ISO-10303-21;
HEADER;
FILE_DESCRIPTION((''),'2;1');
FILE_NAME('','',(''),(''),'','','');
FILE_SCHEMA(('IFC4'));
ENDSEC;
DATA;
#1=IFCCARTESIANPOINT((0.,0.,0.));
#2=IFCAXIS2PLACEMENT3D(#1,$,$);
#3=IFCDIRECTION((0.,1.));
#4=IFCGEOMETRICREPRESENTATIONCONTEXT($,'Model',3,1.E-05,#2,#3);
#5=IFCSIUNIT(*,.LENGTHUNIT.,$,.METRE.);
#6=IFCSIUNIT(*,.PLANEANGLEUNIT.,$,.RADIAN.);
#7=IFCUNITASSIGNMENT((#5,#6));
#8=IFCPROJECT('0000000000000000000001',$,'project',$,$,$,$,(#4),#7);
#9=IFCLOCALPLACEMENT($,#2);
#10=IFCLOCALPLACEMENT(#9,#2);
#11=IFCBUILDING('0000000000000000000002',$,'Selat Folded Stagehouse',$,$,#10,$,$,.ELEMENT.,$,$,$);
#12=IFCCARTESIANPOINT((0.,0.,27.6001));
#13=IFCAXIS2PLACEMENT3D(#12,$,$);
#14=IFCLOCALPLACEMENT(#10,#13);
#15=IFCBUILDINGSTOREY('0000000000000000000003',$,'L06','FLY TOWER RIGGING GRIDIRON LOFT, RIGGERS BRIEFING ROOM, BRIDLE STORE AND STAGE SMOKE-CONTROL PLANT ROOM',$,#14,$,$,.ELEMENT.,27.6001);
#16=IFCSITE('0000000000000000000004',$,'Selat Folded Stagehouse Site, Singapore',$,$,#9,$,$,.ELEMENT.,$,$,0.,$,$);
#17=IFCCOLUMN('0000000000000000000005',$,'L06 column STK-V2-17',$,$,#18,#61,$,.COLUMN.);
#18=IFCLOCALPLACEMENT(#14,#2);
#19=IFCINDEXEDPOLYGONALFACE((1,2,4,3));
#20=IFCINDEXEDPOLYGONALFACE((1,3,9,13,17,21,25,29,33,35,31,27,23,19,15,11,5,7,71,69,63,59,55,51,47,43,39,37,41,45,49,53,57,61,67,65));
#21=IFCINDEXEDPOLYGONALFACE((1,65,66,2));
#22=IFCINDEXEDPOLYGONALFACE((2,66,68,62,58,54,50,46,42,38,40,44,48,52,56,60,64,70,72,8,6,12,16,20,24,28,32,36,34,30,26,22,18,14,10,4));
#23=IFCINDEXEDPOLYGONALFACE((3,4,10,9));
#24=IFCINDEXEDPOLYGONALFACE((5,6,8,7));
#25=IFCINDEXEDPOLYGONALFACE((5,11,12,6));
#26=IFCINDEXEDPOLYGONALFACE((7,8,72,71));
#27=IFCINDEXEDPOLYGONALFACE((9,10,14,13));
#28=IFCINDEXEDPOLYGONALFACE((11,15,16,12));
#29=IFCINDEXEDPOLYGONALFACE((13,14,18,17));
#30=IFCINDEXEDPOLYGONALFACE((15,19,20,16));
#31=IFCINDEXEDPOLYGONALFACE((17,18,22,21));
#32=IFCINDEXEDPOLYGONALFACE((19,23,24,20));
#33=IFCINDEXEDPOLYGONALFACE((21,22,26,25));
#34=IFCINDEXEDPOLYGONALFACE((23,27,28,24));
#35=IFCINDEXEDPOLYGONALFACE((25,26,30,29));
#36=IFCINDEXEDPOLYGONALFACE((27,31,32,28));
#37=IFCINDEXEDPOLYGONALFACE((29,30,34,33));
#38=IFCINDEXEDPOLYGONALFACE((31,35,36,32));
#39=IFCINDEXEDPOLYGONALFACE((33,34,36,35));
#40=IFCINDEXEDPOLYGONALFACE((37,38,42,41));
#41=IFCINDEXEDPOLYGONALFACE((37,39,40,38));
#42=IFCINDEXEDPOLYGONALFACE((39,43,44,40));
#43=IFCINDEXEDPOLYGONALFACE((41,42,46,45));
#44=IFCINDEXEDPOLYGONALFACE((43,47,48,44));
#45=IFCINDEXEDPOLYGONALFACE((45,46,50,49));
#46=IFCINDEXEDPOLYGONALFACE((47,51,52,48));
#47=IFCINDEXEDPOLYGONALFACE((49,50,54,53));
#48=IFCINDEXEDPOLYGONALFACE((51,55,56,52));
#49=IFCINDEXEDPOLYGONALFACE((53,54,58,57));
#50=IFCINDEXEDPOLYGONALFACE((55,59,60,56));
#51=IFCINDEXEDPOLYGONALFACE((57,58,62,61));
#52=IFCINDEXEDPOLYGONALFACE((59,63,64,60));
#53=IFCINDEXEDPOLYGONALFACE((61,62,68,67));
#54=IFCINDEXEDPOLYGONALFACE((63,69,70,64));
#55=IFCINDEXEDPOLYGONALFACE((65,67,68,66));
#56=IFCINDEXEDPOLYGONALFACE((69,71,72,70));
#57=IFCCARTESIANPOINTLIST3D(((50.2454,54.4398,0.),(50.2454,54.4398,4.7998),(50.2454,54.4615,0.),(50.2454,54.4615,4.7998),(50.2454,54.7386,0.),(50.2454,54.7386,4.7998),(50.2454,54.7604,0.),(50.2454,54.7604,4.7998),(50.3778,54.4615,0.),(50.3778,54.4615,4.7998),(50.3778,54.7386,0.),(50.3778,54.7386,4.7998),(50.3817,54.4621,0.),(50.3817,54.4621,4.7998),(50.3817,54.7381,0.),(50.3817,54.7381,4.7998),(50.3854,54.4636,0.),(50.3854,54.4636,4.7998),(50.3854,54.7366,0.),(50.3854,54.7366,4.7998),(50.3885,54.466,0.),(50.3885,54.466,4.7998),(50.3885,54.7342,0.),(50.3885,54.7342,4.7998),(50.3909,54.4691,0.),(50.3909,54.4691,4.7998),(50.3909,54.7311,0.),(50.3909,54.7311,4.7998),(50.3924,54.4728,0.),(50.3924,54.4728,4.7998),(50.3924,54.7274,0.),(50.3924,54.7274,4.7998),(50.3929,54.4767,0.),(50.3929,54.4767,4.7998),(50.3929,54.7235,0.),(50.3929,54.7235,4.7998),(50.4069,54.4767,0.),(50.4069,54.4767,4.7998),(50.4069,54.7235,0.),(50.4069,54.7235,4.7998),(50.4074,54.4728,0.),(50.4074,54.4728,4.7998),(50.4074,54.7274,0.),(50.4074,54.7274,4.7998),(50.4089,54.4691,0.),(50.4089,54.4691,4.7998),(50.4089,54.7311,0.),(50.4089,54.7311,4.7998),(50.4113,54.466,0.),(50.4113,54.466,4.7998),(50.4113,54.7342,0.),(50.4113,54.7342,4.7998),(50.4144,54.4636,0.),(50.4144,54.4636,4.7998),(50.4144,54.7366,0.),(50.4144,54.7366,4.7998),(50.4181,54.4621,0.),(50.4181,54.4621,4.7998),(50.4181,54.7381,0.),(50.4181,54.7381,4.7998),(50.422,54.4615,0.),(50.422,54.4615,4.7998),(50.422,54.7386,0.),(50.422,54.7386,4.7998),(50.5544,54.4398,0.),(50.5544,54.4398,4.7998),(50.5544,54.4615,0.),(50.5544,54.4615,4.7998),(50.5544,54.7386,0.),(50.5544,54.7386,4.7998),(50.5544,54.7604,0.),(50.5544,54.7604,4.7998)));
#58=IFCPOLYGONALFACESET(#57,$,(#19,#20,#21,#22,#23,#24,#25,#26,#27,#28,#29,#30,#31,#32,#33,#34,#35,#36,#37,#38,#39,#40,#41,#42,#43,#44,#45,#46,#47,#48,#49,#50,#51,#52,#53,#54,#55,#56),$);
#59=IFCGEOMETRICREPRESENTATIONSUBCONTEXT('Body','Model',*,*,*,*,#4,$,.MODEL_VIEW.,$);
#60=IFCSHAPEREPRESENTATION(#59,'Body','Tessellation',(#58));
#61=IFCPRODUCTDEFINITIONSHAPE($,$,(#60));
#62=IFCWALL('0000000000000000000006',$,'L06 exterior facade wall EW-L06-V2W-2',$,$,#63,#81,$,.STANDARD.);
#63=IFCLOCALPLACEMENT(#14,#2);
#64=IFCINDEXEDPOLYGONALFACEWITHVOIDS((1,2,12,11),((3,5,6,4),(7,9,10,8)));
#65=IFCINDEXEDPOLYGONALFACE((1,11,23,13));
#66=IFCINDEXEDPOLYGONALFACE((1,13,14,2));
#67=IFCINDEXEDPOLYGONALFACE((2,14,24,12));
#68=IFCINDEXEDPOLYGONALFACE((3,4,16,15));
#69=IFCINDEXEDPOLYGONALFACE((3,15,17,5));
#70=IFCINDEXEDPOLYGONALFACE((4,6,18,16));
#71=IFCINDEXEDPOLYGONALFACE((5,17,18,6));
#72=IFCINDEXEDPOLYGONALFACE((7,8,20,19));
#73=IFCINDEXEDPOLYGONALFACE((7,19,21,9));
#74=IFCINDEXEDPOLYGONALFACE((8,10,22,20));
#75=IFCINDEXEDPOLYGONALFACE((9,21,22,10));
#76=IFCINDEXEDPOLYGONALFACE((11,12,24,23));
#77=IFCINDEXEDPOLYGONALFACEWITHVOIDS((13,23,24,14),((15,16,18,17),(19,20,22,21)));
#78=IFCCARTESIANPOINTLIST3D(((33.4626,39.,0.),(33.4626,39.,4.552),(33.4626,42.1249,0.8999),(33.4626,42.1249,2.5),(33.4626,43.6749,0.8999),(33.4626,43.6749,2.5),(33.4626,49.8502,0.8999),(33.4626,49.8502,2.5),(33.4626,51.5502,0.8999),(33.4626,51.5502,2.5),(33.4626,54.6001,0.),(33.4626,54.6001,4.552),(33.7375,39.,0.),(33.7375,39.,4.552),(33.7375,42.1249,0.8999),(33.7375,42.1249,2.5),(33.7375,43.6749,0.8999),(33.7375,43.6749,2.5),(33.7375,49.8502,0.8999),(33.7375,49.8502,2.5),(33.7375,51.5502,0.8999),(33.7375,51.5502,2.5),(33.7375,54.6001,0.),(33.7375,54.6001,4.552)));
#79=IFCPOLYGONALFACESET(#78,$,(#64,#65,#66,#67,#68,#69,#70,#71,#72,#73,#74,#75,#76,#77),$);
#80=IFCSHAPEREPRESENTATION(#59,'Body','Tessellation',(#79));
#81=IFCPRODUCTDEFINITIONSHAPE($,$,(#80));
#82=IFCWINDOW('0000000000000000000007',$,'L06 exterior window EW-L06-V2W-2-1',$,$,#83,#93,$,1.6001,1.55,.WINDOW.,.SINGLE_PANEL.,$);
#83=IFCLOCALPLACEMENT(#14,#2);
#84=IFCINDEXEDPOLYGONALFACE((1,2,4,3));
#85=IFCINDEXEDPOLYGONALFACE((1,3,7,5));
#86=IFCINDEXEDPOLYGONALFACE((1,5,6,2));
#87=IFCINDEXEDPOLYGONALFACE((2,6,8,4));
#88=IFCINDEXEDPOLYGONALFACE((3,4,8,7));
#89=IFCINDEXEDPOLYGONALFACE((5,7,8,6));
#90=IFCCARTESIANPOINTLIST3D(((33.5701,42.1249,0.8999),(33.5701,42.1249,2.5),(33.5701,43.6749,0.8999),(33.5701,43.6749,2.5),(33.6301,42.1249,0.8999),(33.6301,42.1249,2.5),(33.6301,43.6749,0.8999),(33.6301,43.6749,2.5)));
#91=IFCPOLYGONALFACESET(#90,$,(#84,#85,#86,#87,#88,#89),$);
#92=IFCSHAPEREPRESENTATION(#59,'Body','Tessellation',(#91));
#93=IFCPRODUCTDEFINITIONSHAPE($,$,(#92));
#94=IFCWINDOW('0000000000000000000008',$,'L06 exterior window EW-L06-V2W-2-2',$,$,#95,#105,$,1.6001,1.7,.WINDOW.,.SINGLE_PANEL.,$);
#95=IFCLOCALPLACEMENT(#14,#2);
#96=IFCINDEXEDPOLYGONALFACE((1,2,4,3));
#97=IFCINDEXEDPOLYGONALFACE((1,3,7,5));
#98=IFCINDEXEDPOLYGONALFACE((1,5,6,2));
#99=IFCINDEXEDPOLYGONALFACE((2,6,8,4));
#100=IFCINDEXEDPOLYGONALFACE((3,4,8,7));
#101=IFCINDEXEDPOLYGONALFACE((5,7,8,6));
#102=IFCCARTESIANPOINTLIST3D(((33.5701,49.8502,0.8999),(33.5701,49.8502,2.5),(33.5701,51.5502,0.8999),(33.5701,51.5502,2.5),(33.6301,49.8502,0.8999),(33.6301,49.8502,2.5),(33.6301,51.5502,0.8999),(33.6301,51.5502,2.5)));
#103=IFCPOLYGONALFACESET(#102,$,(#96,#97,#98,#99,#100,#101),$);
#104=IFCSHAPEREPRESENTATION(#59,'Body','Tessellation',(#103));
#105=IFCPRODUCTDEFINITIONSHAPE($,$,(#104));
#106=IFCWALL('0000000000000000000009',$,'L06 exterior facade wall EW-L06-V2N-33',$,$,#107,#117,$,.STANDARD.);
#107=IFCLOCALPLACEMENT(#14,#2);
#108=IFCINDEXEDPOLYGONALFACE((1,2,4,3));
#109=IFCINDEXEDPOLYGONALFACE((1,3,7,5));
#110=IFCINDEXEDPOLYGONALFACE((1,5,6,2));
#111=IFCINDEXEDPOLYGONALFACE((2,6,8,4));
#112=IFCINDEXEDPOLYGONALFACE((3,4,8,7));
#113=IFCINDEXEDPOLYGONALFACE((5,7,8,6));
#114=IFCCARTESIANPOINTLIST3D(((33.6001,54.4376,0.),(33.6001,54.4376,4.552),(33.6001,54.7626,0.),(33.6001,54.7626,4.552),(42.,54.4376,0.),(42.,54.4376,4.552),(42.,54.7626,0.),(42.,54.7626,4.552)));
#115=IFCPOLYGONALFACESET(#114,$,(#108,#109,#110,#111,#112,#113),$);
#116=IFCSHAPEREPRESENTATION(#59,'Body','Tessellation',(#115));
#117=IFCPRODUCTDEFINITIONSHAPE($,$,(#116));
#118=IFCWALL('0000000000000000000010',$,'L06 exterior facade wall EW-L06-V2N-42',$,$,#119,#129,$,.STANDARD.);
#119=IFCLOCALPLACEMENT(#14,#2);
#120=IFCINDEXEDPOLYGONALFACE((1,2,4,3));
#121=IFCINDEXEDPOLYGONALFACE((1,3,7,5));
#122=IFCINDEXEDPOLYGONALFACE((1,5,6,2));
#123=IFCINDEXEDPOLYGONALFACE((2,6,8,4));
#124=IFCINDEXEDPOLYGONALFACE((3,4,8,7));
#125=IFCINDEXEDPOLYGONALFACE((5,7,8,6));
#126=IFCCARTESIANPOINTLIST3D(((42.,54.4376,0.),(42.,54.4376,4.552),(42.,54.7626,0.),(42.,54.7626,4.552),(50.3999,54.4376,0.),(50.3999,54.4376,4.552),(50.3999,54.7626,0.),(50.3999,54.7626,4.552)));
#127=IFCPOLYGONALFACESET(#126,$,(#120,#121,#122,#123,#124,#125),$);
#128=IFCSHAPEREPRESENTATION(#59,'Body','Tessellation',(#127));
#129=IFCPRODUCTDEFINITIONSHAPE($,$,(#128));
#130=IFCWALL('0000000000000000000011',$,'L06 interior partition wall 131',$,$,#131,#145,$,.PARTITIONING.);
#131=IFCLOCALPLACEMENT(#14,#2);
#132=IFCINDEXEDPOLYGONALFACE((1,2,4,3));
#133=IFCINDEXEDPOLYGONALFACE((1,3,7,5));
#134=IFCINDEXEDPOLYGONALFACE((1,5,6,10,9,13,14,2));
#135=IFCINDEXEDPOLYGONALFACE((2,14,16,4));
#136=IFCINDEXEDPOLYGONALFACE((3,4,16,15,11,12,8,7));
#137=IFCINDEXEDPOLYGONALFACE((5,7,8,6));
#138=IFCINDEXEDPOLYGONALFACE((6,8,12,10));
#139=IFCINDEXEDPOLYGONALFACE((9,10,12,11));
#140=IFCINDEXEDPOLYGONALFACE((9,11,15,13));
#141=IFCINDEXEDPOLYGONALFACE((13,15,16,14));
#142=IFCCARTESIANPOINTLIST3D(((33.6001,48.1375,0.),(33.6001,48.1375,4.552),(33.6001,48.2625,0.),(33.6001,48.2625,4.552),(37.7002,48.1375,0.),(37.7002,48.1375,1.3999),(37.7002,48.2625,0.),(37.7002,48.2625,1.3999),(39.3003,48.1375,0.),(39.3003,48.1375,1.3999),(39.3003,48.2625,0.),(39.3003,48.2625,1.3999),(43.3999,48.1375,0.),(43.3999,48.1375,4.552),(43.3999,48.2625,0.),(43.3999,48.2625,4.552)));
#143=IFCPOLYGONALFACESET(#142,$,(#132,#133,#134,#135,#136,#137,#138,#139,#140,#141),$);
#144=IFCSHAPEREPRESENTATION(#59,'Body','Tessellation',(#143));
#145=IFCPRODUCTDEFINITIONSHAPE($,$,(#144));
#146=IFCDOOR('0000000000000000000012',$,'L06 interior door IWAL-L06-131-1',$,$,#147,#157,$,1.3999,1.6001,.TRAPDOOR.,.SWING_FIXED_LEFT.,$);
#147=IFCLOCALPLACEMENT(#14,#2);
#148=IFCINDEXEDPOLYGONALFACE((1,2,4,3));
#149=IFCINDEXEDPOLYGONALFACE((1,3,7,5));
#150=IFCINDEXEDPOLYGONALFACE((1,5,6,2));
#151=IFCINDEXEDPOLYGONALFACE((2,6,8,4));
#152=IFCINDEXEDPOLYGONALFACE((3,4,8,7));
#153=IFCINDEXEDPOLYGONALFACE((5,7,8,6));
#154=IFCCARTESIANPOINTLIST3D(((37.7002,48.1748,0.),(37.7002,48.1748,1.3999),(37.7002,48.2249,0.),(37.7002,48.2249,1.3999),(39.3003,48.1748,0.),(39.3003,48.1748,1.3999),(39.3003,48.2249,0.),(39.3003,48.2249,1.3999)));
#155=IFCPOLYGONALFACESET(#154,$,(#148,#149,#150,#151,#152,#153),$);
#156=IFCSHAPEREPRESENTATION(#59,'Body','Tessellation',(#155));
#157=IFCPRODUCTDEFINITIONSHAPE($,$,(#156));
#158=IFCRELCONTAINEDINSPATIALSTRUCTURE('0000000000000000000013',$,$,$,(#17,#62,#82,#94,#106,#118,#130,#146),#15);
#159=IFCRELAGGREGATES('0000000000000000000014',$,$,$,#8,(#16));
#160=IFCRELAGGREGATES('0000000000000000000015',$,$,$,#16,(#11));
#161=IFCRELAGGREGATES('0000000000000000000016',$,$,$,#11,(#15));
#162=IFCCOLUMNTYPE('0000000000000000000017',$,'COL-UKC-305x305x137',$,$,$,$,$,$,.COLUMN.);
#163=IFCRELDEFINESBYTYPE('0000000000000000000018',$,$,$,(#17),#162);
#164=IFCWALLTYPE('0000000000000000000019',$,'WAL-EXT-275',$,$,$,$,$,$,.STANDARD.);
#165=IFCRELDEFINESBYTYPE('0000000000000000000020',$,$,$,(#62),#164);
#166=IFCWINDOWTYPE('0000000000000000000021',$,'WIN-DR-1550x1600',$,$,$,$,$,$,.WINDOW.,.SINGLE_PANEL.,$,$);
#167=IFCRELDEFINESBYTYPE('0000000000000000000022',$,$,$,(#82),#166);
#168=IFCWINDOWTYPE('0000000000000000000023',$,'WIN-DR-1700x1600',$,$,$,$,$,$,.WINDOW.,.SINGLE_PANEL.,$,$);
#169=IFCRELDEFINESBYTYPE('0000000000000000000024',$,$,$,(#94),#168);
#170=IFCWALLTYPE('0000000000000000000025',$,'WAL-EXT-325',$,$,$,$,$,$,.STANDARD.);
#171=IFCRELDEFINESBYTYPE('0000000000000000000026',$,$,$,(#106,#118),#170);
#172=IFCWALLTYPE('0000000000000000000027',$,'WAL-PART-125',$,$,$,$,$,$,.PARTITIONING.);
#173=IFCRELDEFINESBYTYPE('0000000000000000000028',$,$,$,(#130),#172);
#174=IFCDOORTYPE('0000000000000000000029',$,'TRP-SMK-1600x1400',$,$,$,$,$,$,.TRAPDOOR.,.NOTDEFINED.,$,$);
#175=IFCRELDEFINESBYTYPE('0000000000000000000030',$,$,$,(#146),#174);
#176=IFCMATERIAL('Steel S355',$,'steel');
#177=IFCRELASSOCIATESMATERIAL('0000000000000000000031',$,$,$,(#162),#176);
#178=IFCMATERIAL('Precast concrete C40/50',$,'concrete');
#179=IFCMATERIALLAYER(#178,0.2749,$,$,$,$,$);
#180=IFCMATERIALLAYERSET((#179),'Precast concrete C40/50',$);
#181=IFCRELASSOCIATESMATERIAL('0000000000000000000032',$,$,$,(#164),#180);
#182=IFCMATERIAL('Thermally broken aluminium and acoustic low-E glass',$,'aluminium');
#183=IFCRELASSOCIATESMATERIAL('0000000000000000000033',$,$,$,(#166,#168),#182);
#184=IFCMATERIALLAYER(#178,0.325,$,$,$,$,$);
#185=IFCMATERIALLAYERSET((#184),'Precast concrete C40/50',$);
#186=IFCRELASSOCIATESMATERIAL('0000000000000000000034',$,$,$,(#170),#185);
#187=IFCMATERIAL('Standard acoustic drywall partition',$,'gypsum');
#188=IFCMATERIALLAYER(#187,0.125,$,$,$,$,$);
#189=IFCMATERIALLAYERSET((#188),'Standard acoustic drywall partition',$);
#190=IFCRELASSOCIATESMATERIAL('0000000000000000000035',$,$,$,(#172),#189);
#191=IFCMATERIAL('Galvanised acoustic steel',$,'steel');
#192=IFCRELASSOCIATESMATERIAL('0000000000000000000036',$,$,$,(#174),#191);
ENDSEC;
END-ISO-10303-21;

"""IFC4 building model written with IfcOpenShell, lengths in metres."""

from ifc_helpers import new_model, si_unit, direction, frame, frame_2d, origin, origin_2d, place, context, subcontext, project, spatial, rectangle, i_section, extrude, material, layer, layer_set, material_profile, profile_set, type_object, element, fill, save


model = new_model("IFC4")

# Units and contexts
model_context = context("Model", 3, precision=1e-05, world=origin(), true_north=direction((0.0, 1.0)))
body_context = subcontext(model_context, "Body", "Model", "MODEL_VIEW")
ifc_project = project(units=[si_unit("LENGTHUNIT", "METRE"), si_unit("PLANEANGLEUNIT", "RADIAN")], contexts=[model_context])

# Site, building, storey
site_placement = place(None, origin())
site = spatial("IfcSite", under=ifc_project, at=site_placement, Name="Selat Folded Stagehouse Site, Singapore", CompositionType="ELEMENT", RefElevation=0.0)
building_placement = place(site_placement, origin())
building = spatial("IfcBuilding", under=site, at=building_placement, Name="Selat Folded Stagehouse", CompositionType="ELEMENT")
storey_placement = place(building_placement, frame((0.0, 0.0, 27.6001)))
storey = spatial("IfcBuildingStorey", under=building, at=storey_placement, Name="L06", Description="FLY TOWER RIGGING GRIDIRON LOFT, RIGGERS BRIEFING ROOM, BRIDLE STORE AND STAGE SMOKE-CONTROL PLANT ROOM", CompositionType="ELEMENT", Elevation=27.6001)

# Column
ifc_material_1 = material(Name="Steel S355", Category="steel")
ifc_material_profile = material_profile(ifc_material_1, i_section(OverallWidth=0.3091, OverallDepth=0.3206, WebThickness=0.0139, FlangeThickness=0.0217, FilletRadius=0.0151, at=origin_2d()), Name="UKC 305x305x137")
ifc_profile_set = profile_set([ifc_material_profile], Name="Steel S355")
column_type = type_object("IfcColumnType", Name="COL-UKC-305x305x137", PredefinedType="COLUMN", material=ifc_profile_set)
for number, where, z_axis, x_axis, name in (
    (1, (50.3999, 54.6001, 0.0), (0.0, 0.0, 1.0), (1.0, 0.0, 0.0), "L06 column STK-V2-17"),
):
    element("IfcColumn", number, at=place(storey_placement, frame(where, z_axis=z_axis, x_axis=x_axis)), inside=storey, type_object=column_type, Name=name, PredefinedType="COLUMN", context=body_context, shape_type="SweptSolid", body=[
        extrude(i_section(OverallWidth=0.3091, OverallDepth=0.3206, WebThickness=0.0139, FlangeThickness=0.0217, FilletRadius=0.0151, at=origin_2d()), origin(), (0.0, 0.0, 1.0), 4.7998),
    ])

# Wall, openings, windows
ifc_material_2 = material(Name="Precast concrete C40/50", Category="concrete")
ifc_layer_1 = layer(ifc_material_2, 0.2749)
ifc_layer_set_1 = layer_set([ifc_layer_1], Name="Precast concrete C40/50")
wall_type_1 = type_object("IfcWallType", Name="WAL-EXT-275", PredefinedType="STANDARD", material=ifc_layer_set_1)
wall_1_placement = place(storey_placement, frame((33.6001, 39.0, 0.0), z_axis=(0.0, 0.0, 1.0), x_axis=(0.0, 1.0, 0.0)))
wall_1 = element("IfcWall", 2, at=wall_1_placement, inside=storey, type_object=wall_type_1, Name="L06 exterior facade wall EW-L06-V2W-2", PredefinedType="STANDARD", context=body_context, shape_type="SweptSolid", body=[
    extrude(rectangle(XDim=15.6001, YDim=0.2749, at=frame_2d((7.8, 0.0))), origin(), (0.0, 0.0, 1.0), 4.552),
])
opening_1_placement = place(wall_1_placement, frame((3.125, 0.0, 0.8999)))
opening_1 = element("IfcOpeningElement", 3, at=opening_1_placement, cuts=wall_1, PredefinedType="OPENING", context=body_context, shape_type="SweptSolid", body=[
    extrude(rectangle(XDim=1.55, YDim=1.6001, at=frame_2d((0.7749, 0.8))), frame((0.0, 0.1475, 0.0), z_axis=(0.0, -1.0, 0.0), x_axis=(1.0, 0.0, 0.0)), (0.0, 0.0, 1.0), 0.2949),
])
opening_2_placement = place(wall_1_placement, frame((10.8501, 0.0, 0.8999)))
opening_2 = element("IfcOpeningElement", 4, at=opening_2_placement, cuts=wall_1, PredefinedType="OPENING", context=body_context, shape_type="SweptSolid", body=[
    extrude(rectangle(XDim=1.7, YDim=1.6001, at=frame_2d((0.8501, 0.8))), frame((0.0, 0.1475, 0.0), z_axis=(0.0, -1.0, 0.0), x_axis=(1.0, 0.0, 0.0)), (0.0, 0.0, 1.0), 0.2949),
])
ifc_material_3 = material(Name="Thermally broken aluminium and acoustic low-E glass", Category="aluminium")
window_type_1 = type_object("IfcWindowType", Name="WIN-DR-1550x1600", PartitioningType="SINGLE_PANEL", PredefinedType="WINDOW", material=ifc_material_3)
window_1_placement = place(opening_1_placement, origin())
window_1 = element("IfcWindow", 5, at=window_1_placement, inside=storey, type_object=window_type_1, Name="L06 exterior window EW-L06-V2W-2-1", OverallHeight=1.6001, OverallWidth=1.55, PartitioningType="SINGLE_PANEL", PredefinedType="WINDOW", context=body_context, shape_type="SweptSolid", body=[
    extrude(rectangle(XDim=1.55, YDim=1.6001, at=frame_2d((0.7749, 0.8))), frame((0.0, 0.03, 0.0), z_axis=(0.0, -1.0, 0.0), x_axis=(1.0, 0.0, 0.0)), (0.0, 0.0, 1.0), 0.0601),
])
fill(opening_1, window_1)
window_type_2 = type_object("IfcWindowType", Name="WIN-DR-1700x1600", PartitioningType="SINGLE_PANEL", PredefinedType="WINDOW", material=ifc_material_3)
window_2_placement = place(opening_2_placement, origin())
window_2 = element("IfcWindow", 6, at=window_2_placement, inside=storey, type_object=window_type_2, Name="L06 exterior window EW-L06-V2W-2-2", OverallHeight=1.6001, OverallWidth=1.7, PartitioningType="SINGLE_PANEL", PredefinedType="WINDOW", context=body_context, shape_type="SweptSolid", body=[
    extrude(rectangle(XDim=1.7, YDim=1.6001, at=frame_2d((0.8501, 0.8))), frame((0.0, 0.03, 0.0), z_axis=(0.0, -1.0, 0.0), x_axis=(1.0, 0.0, 0.0)), (0.0, 0.0, 1.0), 0.0601),
])
fill(opening_2, window_2)

# Walls
ifc_layer_2 = layer(ifc_material_2, 0.325)
ifc_layer_set_2 = layer_set([ifc_layer_2], Name="Precast concrete C40/50")
wall_type_2 = type_object("IfcWallType", Name="WAL-EXT-325", PredefinedType="STANDARD", material=ifc_layer_set_2)
for number, where, z_axis, x_axis, name in (
    (7, (33.6001, 54.6001, 0.0), (0.0, 0.0, 1.0), (1.0, 0.0, 0.0), "L06 exterior facade wall EW-L06-V2N-33"),
    (8, (42.0, 54.6001, 0.0), (0.0, 0.0, 1.0), (1.0, 0.0, 0.0), "L06 exterior facade wall EW-L06-V2N-42"),
):
    element("IfcWall", number, at=place(storey_placement, frame(where, z_axis=z_axis, x_axis=x_axis)), inside=storey, type_object=wall_type_2, Name=name, PredefinedType="STANDARD", context=body_context, shape_type="SweptSolid", body=[
        extrude(rectangle(XDim=8.3999, YDim=0.325, at=frame_2d((4.2, 0.0))), origin(), (0.0, 0.0, 1.0), 4.552),
    ])

# Wall, opening, door
ifc_material_4 = material(Name="Standard acoustic drywall partition", Category="gypsum")
ifc_layer_3 = layer(ifc_material_4, 0.125)
ifc_layer_set_3 = layer_set([ifc_layer_3], Name="Standard acoustic drywall partition")
wall_type_3 = type_object("IfcWallType", Name="WAL-PART-125", PredefinedType="PARTITIONING", material=ifc_layer_set_3)
wall_2_placement = place(storey_placement, frame((33.6001, 48.2, 0.0), z_axis=(0.0, 0.0, 1.0), x_axis=(1.0, 0.0, 0.0)))
wall_2 = element("IfcWall", 9, at=wall_2_placement, inside=storey, type_object=wall_type_3, Name="L06 interior partition wall 131", PredefinedType="PARTITIONING", context=body_context, shape_type="SweptSolid", body=[
    extrude(rectangle(XDim=9.7998, YDim=0.125, at=frame_2d((4.8999, 0.0))), origin(), (0.0, 0.0, 1.0), 4.552),
])
opening_3_placement = place(wall_2_placement, frame((4.1001, 0.0, 0.0)))
opening_3 = element("IfcOpeningElement", 10, at=opening_3_placement, cuts=wall_2, PredefinedType="OPENING", context=body_context, shape_type="SweptSolid", body=[
    extrude(rectangle(XDim=1.6001, YDim=1.3999, at=frame_2d((0.8, 0.7))), frame((0.0, 0.0725, 0.0), z_axis=(0.0, -1.0, 0.0), x_axis=(1.0, 0.0, 0.0)), (0.0, 0.0, 1.0), 0.145),
])
ifc_material_5 = material(Name="Galvanised acoustic steel", Category="steel")
door_type_1 = type_object("IfcDoorType", Name="TRP-SMK-1600x1400", OperationType="NOTDEFINED", PredefinedType="TRAPDOOR", material=ifc_material_5)
door_1_placement = place(opening_3_placement, origin())
door_1 = element("IfcDoor", 11, at=door_1_placement, inside=storey, type_object=door_type_1, Name="L06 interior door IWAL-L06-131-1", OperationType="SWING_FIXED_LEFT", OverallHeight=1.3999, OverallWidth=1.6001, PredefinedType="TRAPDOOR", context=body_context, shape_type="SweptSolid", body=[
    extrude(rectangle(XDim=1.6001, YDim=1.3999, at=frame_2d((0.8, 0.7))), frame((0.0, 0.0249, 0.0), z_axis=(0.0, -1.0, 0.0), x_axis=(1.0, 0.0, 0.0)), (0.0, 0.0, 1.0), 0.05),
])
fill(opening_3, door_1)

save(model, "model.ifc")
